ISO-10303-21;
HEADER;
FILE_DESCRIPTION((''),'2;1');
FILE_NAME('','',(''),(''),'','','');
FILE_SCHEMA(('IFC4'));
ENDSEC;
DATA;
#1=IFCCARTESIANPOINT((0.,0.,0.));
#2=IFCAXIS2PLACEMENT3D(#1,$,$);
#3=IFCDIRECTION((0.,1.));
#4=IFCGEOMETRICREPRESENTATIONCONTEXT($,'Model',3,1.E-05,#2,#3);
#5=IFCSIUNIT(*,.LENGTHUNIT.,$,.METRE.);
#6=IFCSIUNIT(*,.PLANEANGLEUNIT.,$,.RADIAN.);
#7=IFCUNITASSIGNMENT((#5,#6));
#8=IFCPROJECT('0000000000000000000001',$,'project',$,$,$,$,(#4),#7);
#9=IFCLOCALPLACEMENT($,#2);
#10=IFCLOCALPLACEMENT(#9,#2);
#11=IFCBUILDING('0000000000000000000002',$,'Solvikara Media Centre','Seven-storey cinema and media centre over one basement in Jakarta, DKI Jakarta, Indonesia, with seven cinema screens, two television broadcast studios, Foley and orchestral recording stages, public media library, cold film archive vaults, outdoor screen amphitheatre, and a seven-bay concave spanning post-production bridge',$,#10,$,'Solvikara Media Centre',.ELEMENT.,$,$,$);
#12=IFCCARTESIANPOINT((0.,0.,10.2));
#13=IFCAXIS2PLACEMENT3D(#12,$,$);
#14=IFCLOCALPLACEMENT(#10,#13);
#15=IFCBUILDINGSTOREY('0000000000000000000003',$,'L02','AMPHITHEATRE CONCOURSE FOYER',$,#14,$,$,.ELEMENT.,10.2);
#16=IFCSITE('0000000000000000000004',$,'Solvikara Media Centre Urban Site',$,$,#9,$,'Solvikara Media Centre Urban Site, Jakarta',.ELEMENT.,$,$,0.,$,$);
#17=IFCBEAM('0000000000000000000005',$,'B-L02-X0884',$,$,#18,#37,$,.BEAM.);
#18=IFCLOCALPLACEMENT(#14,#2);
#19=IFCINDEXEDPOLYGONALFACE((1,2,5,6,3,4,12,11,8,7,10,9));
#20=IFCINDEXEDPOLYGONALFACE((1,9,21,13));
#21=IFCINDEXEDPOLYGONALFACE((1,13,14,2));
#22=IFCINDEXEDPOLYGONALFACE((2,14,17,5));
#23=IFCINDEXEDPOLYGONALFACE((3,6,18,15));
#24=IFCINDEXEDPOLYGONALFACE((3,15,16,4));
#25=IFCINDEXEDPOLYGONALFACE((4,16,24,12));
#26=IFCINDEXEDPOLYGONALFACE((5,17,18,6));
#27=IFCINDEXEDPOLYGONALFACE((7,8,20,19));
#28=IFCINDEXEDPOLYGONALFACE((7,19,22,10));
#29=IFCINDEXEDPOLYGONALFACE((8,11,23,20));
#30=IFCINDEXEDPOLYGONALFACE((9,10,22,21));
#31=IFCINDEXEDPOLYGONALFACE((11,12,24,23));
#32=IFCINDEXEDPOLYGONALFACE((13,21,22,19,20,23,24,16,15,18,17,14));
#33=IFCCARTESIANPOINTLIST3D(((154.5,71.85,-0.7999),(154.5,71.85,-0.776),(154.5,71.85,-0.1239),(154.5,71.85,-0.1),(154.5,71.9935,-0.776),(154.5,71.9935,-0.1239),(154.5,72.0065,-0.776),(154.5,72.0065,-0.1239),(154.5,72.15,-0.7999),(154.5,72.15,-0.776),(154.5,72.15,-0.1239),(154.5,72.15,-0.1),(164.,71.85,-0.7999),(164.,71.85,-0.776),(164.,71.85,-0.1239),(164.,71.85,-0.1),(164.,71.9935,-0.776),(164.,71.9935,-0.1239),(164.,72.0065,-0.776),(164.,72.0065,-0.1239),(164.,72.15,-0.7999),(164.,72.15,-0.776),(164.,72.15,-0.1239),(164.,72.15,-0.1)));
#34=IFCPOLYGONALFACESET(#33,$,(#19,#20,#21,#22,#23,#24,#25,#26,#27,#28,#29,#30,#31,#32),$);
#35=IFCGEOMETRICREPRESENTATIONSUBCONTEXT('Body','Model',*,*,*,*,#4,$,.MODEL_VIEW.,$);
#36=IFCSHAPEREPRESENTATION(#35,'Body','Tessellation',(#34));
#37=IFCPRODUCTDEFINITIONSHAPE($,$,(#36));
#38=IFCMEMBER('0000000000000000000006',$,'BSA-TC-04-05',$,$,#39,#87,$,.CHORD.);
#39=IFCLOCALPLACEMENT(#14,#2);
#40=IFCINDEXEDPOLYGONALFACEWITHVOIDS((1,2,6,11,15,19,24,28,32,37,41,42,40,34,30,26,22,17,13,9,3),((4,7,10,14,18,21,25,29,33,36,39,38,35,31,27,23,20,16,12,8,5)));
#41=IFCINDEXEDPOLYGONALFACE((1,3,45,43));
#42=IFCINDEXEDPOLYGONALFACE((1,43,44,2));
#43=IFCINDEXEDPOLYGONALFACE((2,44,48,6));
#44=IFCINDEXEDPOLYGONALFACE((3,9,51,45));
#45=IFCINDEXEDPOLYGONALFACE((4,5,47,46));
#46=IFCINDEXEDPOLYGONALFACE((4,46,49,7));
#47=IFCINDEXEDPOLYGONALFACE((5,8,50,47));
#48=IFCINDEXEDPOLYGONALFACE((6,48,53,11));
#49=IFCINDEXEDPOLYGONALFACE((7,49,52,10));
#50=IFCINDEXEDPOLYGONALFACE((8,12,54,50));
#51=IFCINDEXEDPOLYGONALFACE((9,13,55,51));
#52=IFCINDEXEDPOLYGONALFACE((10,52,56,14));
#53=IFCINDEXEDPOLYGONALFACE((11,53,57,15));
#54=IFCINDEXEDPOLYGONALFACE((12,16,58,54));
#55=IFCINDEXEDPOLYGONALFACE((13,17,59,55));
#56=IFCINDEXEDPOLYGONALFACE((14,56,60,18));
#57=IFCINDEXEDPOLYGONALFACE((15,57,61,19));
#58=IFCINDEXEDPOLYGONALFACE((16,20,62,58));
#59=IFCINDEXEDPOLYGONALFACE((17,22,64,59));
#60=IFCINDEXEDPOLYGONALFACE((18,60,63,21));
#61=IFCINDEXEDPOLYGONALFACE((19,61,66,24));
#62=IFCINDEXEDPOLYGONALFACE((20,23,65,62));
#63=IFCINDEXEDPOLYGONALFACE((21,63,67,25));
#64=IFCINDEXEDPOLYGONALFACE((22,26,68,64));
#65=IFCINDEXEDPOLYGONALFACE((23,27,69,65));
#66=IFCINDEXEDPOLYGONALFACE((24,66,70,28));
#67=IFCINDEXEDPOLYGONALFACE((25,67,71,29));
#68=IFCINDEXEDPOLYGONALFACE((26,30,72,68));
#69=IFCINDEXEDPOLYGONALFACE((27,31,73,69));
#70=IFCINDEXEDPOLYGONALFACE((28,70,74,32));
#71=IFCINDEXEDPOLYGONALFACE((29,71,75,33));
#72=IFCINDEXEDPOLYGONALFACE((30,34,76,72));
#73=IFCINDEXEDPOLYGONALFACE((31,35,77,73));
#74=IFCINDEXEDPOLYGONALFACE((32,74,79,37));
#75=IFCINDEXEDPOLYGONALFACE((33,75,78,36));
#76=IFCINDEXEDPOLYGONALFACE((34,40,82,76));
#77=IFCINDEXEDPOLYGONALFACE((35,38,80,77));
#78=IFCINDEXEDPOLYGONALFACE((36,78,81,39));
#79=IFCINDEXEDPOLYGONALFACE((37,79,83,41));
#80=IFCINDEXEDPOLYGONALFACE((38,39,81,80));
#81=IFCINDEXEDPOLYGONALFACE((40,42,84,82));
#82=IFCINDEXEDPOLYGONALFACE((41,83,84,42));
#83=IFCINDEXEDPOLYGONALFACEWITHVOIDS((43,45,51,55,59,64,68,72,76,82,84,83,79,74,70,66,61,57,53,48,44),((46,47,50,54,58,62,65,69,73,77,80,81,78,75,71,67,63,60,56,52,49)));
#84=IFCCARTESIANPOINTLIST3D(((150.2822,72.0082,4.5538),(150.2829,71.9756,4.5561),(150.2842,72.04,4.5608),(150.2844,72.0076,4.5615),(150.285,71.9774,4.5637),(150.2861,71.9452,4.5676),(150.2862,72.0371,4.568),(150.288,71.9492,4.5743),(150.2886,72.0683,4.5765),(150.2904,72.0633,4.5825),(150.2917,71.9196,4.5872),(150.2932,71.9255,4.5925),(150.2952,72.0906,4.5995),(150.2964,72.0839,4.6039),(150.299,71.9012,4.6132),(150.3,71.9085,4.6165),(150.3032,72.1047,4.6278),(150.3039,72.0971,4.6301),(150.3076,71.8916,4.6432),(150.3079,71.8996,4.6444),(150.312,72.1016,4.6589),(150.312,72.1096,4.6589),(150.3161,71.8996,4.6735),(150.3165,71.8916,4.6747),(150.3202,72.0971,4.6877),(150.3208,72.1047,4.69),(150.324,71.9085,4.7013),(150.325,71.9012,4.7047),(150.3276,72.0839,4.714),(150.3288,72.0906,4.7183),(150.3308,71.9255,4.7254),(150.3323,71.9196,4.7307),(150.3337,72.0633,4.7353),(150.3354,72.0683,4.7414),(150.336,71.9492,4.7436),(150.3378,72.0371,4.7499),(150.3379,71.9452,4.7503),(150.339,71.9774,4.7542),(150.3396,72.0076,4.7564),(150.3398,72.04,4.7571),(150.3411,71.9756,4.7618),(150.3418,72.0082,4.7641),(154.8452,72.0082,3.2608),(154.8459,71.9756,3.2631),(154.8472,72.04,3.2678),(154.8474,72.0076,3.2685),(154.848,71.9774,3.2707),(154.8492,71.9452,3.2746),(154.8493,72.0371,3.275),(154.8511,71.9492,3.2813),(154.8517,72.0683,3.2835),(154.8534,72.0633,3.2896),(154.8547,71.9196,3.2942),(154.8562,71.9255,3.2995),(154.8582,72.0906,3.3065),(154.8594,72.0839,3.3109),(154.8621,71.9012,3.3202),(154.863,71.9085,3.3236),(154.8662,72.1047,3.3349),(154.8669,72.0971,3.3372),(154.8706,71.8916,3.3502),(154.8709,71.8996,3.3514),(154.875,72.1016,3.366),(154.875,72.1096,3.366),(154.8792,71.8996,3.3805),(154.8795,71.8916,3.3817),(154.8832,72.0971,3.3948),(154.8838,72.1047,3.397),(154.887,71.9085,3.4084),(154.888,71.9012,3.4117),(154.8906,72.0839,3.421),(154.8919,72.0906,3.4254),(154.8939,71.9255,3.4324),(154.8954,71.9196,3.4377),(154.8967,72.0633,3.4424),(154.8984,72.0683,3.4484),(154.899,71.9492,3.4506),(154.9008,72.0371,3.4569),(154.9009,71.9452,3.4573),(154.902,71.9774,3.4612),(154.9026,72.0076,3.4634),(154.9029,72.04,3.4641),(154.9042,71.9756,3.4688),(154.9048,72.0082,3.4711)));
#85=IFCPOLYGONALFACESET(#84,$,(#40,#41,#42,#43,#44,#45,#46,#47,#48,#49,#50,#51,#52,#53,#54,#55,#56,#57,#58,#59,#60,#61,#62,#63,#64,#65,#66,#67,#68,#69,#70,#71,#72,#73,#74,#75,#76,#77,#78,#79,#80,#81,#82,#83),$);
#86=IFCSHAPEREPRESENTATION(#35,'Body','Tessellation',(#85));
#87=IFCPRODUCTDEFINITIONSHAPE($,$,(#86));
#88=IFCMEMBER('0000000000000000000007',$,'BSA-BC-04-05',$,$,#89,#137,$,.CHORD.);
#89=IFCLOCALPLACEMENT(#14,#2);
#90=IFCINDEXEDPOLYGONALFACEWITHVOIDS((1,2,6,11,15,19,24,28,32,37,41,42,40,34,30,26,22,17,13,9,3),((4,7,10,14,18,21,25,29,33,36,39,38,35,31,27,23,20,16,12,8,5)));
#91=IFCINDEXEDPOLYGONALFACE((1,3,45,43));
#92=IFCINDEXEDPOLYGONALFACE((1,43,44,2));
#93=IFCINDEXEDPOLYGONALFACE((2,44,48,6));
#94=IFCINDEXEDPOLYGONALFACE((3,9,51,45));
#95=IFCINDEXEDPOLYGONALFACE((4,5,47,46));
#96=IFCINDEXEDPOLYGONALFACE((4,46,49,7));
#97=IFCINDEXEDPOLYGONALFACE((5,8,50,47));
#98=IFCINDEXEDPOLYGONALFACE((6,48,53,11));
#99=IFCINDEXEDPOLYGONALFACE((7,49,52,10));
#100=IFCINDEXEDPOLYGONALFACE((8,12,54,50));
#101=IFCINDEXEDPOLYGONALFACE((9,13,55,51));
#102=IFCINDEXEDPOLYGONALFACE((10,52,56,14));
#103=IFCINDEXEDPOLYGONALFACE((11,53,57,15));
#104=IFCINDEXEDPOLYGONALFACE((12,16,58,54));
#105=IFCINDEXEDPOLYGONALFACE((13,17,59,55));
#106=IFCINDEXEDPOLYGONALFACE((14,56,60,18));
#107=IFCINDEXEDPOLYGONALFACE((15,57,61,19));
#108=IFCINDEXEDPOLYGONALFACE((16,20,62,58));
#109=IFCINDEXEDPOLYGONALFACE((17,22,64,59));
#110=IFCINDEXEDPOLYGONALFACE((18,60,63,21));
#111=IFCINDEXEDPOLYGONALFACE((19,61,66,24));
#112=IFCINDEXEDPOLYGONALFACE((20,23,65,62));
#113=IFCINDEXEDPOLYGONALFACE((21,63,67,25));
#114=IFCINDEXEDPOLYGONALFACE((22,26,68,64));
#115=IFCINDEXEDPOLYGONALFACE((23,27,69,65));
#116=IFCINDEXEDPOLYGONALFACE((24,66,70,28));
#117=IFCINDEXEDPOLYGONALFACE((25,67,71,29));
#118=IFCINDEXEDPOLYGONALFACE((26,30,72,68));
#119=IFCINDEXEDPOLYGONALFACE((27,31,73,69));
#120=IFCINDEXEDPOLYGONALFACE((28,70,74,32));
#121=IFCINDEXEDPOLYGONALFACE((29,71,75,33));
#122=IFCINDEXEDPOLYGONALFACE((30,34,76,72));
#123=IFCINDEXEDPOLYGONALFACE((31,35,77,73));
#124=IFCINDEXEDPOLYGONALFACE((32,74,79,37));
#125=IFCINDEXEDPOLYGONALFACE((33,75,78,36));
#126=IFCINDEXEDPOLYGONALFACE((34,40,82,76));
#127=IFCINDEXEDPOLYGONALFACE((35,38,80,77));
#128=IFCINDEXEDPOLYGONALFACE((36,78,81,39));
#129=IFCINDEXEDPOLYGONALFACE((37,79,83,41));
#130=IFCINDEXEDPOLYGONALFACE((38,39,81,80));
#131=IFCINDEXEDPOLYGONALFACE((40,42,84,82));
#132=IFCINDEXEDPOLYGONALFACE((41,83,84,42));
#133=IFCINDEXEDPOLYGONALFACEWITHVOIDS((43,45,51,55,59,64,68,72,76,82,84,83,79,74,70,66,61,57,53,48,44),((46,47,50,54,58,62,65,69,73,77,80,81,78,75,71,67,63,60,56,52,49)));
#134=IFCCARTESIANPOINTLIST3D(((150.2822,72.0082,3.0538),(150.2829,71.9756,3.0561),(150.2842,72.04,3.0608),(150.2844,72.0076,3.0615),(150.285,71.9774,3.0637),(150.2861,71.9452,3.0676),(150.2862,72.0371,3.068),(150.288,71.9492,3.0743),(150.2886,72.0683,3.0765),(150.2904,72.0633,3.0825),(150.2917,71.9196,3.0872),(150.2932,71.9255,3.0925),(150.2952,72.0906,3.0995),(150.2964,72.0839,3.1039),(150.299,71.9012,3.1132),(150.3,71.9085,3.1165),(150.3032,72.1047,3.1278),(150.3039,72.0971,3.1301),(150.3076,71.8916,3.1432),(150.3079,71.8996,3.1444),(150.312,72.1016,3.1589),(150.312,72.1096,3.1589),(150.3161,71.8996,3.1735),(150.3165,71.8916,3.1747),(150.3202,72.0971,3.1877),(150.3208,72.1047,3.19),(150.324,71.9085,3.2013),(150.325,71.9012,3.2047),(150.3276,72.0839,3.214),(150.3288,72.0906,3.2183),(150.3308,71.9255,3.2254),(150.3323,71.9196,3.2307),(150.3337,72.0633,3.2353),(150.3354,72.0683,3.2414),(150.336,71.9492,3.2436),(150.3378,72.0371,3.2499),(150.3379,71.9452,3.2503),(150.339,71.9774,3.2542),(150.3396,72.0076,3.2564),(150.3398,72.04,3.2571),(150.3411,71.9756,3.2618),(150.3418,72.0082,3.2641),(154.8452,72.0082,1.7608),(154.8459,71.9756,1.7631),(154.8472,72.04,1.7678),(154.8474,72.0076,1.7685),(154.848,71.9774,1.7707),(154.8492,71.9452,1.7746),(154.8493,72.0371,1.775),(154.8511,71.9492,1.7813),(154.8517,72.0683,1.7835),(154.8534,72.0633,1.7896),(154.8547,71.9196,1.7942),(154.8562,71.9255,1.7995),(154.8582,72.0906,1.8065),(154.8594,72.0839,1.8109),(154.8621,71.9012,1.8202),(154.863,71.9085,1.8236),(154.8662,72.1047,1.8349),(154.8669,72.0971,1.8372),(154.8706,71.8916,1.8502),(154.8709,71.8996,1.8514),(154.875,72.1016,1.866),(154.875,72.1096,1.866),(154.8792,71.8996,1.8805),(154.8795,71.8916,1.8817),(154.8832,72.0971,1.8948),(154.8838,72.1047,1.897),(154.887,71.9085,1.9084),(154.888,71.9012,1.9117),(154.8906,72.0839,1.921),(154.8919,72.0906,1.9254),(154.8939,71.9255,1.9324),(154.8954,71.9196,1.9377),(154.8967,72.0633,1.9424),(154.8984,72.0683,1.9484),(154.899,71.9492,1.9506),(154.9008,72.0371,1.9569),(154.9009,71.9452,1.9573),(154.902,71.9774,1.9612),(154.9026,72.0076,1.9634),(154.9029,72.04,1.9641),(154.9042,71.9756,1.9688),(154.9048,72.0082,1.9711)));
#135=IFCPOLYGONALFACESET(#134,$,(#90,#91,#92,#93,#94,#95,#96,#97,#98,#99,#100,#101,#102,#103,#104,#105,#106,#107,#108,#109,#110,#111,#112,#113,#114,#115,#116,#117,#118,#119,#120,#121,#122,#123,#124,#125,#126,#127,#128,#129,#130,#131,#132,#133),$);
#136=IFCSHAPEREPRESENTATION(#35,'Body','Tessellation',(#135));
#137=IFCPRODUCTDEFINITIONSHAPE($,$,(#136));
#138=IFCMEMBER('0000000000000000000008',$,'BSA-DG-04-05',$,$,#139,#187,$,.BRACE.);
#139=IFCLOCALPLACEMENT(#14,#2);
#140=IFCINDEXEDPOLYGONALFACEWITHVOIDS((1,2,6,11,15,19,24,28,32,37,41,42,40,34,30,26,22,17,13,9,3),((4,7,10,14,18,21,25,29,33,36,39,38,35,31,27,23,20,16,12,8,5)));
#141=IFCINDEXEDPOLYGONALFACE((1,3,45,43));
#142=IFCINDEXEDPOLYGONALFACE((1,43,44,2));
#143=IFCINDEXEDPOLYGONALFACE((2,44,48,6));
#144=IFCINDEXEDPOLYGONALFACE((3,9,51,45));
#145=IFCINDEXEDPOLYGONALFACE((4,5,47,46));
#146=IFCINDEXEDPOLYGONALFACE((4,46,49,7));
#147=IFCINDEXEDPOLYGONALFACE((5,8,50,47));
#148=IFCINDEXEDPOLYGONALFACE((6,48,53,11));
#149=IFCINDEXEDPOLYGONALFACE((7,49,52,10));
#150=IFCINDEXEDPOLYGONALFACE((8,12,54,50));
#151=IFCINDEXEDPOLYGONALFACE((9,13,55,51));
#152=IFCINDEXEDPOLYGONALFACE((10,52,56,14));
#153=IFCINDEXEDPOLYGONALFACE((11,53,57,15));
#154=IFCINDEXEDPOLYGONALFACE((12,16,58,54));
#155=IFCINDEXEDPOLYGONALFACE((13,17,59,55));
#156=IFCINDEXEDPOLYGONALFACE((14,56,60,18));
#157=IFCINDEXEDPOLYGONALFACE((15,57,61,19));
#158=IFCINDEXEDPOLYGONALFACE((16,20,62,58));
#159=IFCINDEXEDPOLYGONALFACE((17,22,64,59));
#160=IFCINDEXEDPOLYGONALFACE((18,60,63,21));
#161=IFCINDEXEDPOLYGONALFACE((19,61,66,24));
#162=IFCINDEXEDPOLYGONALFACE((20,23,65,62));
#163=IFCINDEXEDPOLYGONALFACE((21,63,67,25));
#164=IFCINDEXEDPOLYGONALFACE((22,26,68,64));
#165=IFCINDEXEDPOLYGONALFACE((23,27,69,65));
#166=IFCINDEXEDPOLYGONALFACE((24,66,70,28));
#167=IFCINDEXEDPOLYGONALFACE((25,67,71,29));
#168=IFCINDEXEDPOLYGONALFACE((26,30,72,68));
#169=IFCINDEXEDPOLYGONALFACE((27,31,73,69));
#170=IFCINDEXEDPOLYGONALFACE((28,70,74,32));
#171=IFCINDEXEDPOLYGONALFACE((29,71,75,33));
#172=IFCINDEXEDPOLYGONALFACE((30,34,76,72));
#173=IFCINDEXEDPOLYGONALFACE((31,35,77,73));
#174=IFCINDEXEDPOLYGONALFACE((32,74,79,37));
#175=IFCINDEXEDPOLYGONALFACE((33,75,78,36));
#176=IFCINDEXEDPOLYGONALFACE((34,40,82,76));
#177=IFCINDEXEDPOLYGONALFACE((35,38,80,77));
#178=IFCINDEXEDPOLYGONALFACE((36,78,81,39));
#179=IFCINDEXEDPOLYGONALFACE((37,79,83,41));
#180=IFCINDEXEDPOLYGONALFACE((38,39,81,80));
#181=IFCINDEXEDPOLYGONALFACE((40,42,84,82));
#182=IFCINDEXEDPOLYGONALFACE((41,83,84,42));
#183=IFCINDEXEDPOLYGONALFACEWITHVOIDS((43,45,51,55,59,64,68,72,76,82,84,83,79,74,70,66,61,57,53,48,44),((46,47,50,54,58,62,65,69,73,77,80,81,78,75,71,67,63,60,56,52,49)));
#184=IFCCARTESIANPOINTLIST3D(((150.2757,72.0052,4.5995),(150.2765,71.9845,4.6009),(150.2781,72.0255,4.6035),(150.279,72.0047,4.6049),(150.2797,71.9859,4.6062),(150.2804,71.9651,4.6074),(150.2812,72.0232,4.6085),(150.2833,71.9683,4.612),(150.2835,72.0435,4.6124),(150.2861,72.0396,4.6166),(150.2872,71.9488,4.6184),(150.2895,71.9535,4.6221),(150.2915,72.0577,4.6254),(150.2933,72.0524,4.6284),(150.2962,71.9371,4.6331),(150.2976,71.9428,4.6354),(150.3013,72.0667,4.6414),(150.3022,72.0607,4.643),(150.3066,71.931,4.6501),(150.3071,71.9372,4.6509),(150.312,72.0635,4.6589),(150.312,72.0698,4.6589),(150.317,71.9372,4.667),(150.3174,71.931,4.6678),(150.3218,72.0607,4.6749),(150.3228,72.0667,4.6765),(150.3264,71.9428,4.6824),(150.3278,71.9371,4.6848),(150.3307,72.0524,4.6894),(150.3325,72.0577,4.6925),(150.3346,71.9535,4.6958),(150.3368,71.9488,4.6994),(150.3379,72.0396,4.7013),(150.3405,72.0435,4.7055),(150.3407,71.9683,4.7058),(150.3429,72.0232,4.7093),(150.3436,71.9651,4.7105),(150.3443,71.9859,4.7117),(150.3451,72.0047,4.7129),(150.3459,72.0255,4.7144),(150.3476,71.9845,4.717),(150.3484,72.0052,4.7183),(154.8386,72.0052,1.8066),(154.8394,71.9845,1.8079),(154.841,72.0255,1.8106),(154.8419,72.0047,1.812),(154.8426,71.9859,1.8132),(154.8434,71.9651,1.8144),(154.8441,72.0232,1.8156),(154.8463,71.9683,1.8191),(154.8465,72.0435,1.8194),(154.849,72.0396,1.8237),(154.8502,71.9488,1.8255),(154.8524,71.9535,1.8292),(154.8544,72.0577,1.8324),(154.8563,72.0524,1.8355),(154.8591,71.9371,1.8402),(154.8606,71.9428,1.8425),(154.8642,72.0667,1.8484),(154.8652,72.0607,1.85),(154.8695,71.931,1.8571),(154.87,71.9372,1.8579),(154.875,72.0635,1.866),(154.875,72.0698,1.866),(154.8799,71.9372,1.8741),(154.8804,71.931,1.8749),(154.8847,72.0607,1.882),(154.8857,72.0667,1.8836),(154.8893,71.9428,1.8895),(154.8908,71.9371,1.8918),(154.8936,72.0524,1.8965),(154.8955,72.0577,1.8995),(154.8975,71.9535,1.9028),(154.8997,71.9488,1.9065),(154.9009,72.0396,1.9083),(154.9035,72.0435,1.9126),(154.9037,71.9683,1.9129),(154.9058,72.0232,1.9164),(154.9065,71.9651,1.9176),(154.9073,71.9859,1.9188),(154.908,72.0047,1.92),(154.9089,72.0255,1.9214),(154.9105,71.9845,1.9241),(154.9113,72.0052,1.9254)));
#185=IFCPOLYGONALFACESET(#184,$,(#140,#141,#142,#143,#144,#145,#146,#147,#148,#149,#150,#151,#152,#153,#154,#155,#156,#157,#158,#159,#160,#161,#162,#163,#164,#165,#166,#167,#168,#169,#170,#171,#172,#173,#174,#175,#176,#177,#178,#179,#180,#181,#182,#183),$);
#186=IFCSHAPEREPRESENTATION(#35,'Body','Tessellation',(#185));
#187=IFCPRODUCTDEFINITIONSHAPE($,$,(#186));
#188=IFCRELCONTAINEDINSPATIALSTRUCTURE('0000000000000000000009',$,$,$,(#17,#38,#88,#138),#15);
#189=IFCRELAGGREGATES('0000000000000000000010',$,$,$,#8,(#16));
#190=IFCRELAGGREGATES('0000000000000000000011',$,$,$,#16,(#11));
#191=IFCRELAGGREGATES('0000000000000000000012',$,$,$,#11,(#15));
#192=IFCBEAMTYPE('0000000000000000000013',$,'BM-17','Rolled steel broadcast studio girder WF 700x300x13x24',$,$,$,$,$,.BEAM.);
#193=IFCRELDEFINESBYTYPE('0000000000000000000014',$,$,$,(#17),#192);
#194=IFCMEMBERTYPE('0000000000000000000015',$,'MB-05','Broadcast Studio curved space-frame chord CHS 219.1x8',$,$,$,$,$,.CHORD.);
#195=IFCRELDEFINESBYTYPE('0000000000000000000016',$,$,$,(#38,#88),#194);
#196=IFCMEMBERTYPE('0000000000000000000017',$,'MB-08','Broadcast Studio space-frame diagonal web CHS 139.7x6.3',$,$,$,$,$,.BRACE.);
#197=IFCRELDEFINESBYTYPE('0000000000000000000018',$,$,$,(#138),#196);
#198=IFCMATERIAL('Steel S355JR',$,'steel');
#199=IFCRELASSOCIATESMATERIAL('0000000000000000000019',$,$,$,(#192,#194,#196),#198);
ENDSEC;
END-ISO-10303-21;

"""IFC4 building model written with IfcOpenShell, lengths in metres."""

from ifc_helpers import new_model, si_unit, direction, frame, origin, origin_2d, place, context, subcontext, project, spatial, hollow_circle, i_section, extrude, material, material_profile, profile_set, type_object, element, save


model = new_model("IFC4")

# Units and contexts
model_context = context("Model", 3, precision=1e-05, world=origin(), true_north=direction((0.0, 1.0)))
body_context = subcontext(model_context, "Body", "Model", "MODEL_VIEW")
ifc_project = project(units=[si_unit("LENGTHUNIT", "METRE"), si_unit("PLANEANGLEUNIT", "RADIAN")], contexts=[model_context])

# Site, building, storey
site_placement = place(None, origin())
site = spatial("IfcSite", under=ifc_project, at=site_placement, Name="Solvikara Media Centre Urban Site", LongName="Solvikara Media Centre Urban Site, Jakarta", CompositionType="ELEMENT", RefElevation=0.0)
building_placement = place(site_placement, origin())
building = spatial("IfcBuilding", under=site, at=building_placement, Name="Solvikara Media Centre", Description="Seven-storey cinema and media centre over one basement in Jakarta, DKI Jakarta, Indonesia, with seven cinema screens, two television broadcast studios, Foley and orchestral recording stages, public media library, cold film archive vaults, outdoor screen amphitheatre, and a seven-bay concave spanning post-production bridge", LongName="Solvikara Media Centre", CompositionType="ELEMENT")
storey_placement = place(building_placement, frame((0.0, 0.0, 10.2)))
storey = spatial("IfcBuildingStorey", under=building, at=storey_placement, Name="L02", Description="AMPHITHEATRE CONCOURSE FOYER", CompositionType="ELEMENT", Elevation=10.2)

# Beam
ifc_material_1 = material(Name="Steel S355JR", Category="steel")
ifc_material_profile_1 = material_profile(ifc_material_1, i_section(OverallWidth=0.3, OverallDepth=0.7, WebThickness=0.0129, FlangeThickness=0.0239, at=origin_2d()), Name="WF 700x300x13x24")
ifc_profile_set_1 = profile_set([ifc_material_profile_1], Name="Steel S355JR")
beam_type = type_object("IfcBeamType", Name="BM-17", Description="Rolled steel broadcast studio girder WF 700x300x13x24", PredefinedType="BEAM", material=ifc_profile_set_1)
beam_placement = place(storey_placement, frame((154.5, 72.0, -0.45), z_axis=(1.0, 0.0, 0.0), x_axis=(0.0, 1.0, 0.0)))
element("IfcBeam", 1, at=beam_placement, inside=storey, type_object=beam_type, Name="B-L02-X0884", PredefinedType="BEAM", context=body_context, shape_type="SweptSolid", body=[
    extrude(i_section(OverallWidth=0.3, OverallDepth=0.7, WebThickness=0.0129, FlangeThickness=0.0239, at=origin_2d()), origin(), (0.0, 0.0, 1.0), 9.5),
])

# Members
ifc_material_profile_2 = material_profile(ifc_material_1, hollow_circle(Radius=0.1096, WallThickness=0.0081, at=origin_2d()), Name="CHS 219.1x8")
ifc_profile_set_2 = profile_set([ifc_material_profile_2], Name="Steel S355JR")
member_type_1 = type_object("IfcMemberType", Name="MB-05", Description="Broadcast Studio curved space-frame chord CHS 219.1x8", PredefinedType="CHORD", material=ifc_profile_set_2)
for number, where, z_axis, x_axis, name in (
    (2, (150.312, 72.0, 4.6589), (0.96212, 0.0, -0.272626), (0.0, 1.0, 0.0), "BSA-TC-04-05"),
    (3, (150.312, 72.0, 3.1589), (0.96212, 0.0, -0.272626), (0.0, 1.0, 0.0), "BSA-BC-04-05"),
):
    element("IfcMember", number, at=place(storey_placement, frame(where, z_axis=z_axis, x_axis=x_axis)), inside=storey, type_object=member_type_1, Name=name, PredefinedType="CHORD", context=body_context, shape_type="SweptSolid", body=[
        extrude(hollow_circle(Radius=0.1096, WallThickness=0.0081, at=origin_2d()), origin(), (0.0, 0.0, 1.0), 4.7427),
    ])
ifc_material_profile_3 = material_profile(ifc_material_1, hollow_circle(Radius=0.0698, WallThickness=0.0063, at=origin_2d()), Name="CHS 139.7x6.3")
ifc_profile_set_3 = profile_set([ifc_material_profile_3], Name="Steel S355JR")
member_type_2 = type_object("IfcMemberType", Name="MB-08", Description="Broadcast Studio space-frame diagonal web CHS 139.7x6.3", PredefinedType="BRACE", material=ifc_profile_set_3)
member_1_placement = place(storey_placement, frame((150.312, 72.0, 4.6589), z_axis=(0.852909, 0.0, -0.522059), x_axis=(0.0, 1.0, 0.0)))
element("IfcMember", 4, at=member_1_placement, inside=storey, type_object=member_type_2, Name="BSA-DG-04-05", PredefinedType="BRACE", context=body_context, shape_type="SweptSolid", body=[
    extrude(hollow_circle(Radius=0.0698, WallThickness=0.0063, at=origin_2d()), origin(), (0.0, 0.0, 1.0), 5.3499),
])

save(model, "model.ifc")
